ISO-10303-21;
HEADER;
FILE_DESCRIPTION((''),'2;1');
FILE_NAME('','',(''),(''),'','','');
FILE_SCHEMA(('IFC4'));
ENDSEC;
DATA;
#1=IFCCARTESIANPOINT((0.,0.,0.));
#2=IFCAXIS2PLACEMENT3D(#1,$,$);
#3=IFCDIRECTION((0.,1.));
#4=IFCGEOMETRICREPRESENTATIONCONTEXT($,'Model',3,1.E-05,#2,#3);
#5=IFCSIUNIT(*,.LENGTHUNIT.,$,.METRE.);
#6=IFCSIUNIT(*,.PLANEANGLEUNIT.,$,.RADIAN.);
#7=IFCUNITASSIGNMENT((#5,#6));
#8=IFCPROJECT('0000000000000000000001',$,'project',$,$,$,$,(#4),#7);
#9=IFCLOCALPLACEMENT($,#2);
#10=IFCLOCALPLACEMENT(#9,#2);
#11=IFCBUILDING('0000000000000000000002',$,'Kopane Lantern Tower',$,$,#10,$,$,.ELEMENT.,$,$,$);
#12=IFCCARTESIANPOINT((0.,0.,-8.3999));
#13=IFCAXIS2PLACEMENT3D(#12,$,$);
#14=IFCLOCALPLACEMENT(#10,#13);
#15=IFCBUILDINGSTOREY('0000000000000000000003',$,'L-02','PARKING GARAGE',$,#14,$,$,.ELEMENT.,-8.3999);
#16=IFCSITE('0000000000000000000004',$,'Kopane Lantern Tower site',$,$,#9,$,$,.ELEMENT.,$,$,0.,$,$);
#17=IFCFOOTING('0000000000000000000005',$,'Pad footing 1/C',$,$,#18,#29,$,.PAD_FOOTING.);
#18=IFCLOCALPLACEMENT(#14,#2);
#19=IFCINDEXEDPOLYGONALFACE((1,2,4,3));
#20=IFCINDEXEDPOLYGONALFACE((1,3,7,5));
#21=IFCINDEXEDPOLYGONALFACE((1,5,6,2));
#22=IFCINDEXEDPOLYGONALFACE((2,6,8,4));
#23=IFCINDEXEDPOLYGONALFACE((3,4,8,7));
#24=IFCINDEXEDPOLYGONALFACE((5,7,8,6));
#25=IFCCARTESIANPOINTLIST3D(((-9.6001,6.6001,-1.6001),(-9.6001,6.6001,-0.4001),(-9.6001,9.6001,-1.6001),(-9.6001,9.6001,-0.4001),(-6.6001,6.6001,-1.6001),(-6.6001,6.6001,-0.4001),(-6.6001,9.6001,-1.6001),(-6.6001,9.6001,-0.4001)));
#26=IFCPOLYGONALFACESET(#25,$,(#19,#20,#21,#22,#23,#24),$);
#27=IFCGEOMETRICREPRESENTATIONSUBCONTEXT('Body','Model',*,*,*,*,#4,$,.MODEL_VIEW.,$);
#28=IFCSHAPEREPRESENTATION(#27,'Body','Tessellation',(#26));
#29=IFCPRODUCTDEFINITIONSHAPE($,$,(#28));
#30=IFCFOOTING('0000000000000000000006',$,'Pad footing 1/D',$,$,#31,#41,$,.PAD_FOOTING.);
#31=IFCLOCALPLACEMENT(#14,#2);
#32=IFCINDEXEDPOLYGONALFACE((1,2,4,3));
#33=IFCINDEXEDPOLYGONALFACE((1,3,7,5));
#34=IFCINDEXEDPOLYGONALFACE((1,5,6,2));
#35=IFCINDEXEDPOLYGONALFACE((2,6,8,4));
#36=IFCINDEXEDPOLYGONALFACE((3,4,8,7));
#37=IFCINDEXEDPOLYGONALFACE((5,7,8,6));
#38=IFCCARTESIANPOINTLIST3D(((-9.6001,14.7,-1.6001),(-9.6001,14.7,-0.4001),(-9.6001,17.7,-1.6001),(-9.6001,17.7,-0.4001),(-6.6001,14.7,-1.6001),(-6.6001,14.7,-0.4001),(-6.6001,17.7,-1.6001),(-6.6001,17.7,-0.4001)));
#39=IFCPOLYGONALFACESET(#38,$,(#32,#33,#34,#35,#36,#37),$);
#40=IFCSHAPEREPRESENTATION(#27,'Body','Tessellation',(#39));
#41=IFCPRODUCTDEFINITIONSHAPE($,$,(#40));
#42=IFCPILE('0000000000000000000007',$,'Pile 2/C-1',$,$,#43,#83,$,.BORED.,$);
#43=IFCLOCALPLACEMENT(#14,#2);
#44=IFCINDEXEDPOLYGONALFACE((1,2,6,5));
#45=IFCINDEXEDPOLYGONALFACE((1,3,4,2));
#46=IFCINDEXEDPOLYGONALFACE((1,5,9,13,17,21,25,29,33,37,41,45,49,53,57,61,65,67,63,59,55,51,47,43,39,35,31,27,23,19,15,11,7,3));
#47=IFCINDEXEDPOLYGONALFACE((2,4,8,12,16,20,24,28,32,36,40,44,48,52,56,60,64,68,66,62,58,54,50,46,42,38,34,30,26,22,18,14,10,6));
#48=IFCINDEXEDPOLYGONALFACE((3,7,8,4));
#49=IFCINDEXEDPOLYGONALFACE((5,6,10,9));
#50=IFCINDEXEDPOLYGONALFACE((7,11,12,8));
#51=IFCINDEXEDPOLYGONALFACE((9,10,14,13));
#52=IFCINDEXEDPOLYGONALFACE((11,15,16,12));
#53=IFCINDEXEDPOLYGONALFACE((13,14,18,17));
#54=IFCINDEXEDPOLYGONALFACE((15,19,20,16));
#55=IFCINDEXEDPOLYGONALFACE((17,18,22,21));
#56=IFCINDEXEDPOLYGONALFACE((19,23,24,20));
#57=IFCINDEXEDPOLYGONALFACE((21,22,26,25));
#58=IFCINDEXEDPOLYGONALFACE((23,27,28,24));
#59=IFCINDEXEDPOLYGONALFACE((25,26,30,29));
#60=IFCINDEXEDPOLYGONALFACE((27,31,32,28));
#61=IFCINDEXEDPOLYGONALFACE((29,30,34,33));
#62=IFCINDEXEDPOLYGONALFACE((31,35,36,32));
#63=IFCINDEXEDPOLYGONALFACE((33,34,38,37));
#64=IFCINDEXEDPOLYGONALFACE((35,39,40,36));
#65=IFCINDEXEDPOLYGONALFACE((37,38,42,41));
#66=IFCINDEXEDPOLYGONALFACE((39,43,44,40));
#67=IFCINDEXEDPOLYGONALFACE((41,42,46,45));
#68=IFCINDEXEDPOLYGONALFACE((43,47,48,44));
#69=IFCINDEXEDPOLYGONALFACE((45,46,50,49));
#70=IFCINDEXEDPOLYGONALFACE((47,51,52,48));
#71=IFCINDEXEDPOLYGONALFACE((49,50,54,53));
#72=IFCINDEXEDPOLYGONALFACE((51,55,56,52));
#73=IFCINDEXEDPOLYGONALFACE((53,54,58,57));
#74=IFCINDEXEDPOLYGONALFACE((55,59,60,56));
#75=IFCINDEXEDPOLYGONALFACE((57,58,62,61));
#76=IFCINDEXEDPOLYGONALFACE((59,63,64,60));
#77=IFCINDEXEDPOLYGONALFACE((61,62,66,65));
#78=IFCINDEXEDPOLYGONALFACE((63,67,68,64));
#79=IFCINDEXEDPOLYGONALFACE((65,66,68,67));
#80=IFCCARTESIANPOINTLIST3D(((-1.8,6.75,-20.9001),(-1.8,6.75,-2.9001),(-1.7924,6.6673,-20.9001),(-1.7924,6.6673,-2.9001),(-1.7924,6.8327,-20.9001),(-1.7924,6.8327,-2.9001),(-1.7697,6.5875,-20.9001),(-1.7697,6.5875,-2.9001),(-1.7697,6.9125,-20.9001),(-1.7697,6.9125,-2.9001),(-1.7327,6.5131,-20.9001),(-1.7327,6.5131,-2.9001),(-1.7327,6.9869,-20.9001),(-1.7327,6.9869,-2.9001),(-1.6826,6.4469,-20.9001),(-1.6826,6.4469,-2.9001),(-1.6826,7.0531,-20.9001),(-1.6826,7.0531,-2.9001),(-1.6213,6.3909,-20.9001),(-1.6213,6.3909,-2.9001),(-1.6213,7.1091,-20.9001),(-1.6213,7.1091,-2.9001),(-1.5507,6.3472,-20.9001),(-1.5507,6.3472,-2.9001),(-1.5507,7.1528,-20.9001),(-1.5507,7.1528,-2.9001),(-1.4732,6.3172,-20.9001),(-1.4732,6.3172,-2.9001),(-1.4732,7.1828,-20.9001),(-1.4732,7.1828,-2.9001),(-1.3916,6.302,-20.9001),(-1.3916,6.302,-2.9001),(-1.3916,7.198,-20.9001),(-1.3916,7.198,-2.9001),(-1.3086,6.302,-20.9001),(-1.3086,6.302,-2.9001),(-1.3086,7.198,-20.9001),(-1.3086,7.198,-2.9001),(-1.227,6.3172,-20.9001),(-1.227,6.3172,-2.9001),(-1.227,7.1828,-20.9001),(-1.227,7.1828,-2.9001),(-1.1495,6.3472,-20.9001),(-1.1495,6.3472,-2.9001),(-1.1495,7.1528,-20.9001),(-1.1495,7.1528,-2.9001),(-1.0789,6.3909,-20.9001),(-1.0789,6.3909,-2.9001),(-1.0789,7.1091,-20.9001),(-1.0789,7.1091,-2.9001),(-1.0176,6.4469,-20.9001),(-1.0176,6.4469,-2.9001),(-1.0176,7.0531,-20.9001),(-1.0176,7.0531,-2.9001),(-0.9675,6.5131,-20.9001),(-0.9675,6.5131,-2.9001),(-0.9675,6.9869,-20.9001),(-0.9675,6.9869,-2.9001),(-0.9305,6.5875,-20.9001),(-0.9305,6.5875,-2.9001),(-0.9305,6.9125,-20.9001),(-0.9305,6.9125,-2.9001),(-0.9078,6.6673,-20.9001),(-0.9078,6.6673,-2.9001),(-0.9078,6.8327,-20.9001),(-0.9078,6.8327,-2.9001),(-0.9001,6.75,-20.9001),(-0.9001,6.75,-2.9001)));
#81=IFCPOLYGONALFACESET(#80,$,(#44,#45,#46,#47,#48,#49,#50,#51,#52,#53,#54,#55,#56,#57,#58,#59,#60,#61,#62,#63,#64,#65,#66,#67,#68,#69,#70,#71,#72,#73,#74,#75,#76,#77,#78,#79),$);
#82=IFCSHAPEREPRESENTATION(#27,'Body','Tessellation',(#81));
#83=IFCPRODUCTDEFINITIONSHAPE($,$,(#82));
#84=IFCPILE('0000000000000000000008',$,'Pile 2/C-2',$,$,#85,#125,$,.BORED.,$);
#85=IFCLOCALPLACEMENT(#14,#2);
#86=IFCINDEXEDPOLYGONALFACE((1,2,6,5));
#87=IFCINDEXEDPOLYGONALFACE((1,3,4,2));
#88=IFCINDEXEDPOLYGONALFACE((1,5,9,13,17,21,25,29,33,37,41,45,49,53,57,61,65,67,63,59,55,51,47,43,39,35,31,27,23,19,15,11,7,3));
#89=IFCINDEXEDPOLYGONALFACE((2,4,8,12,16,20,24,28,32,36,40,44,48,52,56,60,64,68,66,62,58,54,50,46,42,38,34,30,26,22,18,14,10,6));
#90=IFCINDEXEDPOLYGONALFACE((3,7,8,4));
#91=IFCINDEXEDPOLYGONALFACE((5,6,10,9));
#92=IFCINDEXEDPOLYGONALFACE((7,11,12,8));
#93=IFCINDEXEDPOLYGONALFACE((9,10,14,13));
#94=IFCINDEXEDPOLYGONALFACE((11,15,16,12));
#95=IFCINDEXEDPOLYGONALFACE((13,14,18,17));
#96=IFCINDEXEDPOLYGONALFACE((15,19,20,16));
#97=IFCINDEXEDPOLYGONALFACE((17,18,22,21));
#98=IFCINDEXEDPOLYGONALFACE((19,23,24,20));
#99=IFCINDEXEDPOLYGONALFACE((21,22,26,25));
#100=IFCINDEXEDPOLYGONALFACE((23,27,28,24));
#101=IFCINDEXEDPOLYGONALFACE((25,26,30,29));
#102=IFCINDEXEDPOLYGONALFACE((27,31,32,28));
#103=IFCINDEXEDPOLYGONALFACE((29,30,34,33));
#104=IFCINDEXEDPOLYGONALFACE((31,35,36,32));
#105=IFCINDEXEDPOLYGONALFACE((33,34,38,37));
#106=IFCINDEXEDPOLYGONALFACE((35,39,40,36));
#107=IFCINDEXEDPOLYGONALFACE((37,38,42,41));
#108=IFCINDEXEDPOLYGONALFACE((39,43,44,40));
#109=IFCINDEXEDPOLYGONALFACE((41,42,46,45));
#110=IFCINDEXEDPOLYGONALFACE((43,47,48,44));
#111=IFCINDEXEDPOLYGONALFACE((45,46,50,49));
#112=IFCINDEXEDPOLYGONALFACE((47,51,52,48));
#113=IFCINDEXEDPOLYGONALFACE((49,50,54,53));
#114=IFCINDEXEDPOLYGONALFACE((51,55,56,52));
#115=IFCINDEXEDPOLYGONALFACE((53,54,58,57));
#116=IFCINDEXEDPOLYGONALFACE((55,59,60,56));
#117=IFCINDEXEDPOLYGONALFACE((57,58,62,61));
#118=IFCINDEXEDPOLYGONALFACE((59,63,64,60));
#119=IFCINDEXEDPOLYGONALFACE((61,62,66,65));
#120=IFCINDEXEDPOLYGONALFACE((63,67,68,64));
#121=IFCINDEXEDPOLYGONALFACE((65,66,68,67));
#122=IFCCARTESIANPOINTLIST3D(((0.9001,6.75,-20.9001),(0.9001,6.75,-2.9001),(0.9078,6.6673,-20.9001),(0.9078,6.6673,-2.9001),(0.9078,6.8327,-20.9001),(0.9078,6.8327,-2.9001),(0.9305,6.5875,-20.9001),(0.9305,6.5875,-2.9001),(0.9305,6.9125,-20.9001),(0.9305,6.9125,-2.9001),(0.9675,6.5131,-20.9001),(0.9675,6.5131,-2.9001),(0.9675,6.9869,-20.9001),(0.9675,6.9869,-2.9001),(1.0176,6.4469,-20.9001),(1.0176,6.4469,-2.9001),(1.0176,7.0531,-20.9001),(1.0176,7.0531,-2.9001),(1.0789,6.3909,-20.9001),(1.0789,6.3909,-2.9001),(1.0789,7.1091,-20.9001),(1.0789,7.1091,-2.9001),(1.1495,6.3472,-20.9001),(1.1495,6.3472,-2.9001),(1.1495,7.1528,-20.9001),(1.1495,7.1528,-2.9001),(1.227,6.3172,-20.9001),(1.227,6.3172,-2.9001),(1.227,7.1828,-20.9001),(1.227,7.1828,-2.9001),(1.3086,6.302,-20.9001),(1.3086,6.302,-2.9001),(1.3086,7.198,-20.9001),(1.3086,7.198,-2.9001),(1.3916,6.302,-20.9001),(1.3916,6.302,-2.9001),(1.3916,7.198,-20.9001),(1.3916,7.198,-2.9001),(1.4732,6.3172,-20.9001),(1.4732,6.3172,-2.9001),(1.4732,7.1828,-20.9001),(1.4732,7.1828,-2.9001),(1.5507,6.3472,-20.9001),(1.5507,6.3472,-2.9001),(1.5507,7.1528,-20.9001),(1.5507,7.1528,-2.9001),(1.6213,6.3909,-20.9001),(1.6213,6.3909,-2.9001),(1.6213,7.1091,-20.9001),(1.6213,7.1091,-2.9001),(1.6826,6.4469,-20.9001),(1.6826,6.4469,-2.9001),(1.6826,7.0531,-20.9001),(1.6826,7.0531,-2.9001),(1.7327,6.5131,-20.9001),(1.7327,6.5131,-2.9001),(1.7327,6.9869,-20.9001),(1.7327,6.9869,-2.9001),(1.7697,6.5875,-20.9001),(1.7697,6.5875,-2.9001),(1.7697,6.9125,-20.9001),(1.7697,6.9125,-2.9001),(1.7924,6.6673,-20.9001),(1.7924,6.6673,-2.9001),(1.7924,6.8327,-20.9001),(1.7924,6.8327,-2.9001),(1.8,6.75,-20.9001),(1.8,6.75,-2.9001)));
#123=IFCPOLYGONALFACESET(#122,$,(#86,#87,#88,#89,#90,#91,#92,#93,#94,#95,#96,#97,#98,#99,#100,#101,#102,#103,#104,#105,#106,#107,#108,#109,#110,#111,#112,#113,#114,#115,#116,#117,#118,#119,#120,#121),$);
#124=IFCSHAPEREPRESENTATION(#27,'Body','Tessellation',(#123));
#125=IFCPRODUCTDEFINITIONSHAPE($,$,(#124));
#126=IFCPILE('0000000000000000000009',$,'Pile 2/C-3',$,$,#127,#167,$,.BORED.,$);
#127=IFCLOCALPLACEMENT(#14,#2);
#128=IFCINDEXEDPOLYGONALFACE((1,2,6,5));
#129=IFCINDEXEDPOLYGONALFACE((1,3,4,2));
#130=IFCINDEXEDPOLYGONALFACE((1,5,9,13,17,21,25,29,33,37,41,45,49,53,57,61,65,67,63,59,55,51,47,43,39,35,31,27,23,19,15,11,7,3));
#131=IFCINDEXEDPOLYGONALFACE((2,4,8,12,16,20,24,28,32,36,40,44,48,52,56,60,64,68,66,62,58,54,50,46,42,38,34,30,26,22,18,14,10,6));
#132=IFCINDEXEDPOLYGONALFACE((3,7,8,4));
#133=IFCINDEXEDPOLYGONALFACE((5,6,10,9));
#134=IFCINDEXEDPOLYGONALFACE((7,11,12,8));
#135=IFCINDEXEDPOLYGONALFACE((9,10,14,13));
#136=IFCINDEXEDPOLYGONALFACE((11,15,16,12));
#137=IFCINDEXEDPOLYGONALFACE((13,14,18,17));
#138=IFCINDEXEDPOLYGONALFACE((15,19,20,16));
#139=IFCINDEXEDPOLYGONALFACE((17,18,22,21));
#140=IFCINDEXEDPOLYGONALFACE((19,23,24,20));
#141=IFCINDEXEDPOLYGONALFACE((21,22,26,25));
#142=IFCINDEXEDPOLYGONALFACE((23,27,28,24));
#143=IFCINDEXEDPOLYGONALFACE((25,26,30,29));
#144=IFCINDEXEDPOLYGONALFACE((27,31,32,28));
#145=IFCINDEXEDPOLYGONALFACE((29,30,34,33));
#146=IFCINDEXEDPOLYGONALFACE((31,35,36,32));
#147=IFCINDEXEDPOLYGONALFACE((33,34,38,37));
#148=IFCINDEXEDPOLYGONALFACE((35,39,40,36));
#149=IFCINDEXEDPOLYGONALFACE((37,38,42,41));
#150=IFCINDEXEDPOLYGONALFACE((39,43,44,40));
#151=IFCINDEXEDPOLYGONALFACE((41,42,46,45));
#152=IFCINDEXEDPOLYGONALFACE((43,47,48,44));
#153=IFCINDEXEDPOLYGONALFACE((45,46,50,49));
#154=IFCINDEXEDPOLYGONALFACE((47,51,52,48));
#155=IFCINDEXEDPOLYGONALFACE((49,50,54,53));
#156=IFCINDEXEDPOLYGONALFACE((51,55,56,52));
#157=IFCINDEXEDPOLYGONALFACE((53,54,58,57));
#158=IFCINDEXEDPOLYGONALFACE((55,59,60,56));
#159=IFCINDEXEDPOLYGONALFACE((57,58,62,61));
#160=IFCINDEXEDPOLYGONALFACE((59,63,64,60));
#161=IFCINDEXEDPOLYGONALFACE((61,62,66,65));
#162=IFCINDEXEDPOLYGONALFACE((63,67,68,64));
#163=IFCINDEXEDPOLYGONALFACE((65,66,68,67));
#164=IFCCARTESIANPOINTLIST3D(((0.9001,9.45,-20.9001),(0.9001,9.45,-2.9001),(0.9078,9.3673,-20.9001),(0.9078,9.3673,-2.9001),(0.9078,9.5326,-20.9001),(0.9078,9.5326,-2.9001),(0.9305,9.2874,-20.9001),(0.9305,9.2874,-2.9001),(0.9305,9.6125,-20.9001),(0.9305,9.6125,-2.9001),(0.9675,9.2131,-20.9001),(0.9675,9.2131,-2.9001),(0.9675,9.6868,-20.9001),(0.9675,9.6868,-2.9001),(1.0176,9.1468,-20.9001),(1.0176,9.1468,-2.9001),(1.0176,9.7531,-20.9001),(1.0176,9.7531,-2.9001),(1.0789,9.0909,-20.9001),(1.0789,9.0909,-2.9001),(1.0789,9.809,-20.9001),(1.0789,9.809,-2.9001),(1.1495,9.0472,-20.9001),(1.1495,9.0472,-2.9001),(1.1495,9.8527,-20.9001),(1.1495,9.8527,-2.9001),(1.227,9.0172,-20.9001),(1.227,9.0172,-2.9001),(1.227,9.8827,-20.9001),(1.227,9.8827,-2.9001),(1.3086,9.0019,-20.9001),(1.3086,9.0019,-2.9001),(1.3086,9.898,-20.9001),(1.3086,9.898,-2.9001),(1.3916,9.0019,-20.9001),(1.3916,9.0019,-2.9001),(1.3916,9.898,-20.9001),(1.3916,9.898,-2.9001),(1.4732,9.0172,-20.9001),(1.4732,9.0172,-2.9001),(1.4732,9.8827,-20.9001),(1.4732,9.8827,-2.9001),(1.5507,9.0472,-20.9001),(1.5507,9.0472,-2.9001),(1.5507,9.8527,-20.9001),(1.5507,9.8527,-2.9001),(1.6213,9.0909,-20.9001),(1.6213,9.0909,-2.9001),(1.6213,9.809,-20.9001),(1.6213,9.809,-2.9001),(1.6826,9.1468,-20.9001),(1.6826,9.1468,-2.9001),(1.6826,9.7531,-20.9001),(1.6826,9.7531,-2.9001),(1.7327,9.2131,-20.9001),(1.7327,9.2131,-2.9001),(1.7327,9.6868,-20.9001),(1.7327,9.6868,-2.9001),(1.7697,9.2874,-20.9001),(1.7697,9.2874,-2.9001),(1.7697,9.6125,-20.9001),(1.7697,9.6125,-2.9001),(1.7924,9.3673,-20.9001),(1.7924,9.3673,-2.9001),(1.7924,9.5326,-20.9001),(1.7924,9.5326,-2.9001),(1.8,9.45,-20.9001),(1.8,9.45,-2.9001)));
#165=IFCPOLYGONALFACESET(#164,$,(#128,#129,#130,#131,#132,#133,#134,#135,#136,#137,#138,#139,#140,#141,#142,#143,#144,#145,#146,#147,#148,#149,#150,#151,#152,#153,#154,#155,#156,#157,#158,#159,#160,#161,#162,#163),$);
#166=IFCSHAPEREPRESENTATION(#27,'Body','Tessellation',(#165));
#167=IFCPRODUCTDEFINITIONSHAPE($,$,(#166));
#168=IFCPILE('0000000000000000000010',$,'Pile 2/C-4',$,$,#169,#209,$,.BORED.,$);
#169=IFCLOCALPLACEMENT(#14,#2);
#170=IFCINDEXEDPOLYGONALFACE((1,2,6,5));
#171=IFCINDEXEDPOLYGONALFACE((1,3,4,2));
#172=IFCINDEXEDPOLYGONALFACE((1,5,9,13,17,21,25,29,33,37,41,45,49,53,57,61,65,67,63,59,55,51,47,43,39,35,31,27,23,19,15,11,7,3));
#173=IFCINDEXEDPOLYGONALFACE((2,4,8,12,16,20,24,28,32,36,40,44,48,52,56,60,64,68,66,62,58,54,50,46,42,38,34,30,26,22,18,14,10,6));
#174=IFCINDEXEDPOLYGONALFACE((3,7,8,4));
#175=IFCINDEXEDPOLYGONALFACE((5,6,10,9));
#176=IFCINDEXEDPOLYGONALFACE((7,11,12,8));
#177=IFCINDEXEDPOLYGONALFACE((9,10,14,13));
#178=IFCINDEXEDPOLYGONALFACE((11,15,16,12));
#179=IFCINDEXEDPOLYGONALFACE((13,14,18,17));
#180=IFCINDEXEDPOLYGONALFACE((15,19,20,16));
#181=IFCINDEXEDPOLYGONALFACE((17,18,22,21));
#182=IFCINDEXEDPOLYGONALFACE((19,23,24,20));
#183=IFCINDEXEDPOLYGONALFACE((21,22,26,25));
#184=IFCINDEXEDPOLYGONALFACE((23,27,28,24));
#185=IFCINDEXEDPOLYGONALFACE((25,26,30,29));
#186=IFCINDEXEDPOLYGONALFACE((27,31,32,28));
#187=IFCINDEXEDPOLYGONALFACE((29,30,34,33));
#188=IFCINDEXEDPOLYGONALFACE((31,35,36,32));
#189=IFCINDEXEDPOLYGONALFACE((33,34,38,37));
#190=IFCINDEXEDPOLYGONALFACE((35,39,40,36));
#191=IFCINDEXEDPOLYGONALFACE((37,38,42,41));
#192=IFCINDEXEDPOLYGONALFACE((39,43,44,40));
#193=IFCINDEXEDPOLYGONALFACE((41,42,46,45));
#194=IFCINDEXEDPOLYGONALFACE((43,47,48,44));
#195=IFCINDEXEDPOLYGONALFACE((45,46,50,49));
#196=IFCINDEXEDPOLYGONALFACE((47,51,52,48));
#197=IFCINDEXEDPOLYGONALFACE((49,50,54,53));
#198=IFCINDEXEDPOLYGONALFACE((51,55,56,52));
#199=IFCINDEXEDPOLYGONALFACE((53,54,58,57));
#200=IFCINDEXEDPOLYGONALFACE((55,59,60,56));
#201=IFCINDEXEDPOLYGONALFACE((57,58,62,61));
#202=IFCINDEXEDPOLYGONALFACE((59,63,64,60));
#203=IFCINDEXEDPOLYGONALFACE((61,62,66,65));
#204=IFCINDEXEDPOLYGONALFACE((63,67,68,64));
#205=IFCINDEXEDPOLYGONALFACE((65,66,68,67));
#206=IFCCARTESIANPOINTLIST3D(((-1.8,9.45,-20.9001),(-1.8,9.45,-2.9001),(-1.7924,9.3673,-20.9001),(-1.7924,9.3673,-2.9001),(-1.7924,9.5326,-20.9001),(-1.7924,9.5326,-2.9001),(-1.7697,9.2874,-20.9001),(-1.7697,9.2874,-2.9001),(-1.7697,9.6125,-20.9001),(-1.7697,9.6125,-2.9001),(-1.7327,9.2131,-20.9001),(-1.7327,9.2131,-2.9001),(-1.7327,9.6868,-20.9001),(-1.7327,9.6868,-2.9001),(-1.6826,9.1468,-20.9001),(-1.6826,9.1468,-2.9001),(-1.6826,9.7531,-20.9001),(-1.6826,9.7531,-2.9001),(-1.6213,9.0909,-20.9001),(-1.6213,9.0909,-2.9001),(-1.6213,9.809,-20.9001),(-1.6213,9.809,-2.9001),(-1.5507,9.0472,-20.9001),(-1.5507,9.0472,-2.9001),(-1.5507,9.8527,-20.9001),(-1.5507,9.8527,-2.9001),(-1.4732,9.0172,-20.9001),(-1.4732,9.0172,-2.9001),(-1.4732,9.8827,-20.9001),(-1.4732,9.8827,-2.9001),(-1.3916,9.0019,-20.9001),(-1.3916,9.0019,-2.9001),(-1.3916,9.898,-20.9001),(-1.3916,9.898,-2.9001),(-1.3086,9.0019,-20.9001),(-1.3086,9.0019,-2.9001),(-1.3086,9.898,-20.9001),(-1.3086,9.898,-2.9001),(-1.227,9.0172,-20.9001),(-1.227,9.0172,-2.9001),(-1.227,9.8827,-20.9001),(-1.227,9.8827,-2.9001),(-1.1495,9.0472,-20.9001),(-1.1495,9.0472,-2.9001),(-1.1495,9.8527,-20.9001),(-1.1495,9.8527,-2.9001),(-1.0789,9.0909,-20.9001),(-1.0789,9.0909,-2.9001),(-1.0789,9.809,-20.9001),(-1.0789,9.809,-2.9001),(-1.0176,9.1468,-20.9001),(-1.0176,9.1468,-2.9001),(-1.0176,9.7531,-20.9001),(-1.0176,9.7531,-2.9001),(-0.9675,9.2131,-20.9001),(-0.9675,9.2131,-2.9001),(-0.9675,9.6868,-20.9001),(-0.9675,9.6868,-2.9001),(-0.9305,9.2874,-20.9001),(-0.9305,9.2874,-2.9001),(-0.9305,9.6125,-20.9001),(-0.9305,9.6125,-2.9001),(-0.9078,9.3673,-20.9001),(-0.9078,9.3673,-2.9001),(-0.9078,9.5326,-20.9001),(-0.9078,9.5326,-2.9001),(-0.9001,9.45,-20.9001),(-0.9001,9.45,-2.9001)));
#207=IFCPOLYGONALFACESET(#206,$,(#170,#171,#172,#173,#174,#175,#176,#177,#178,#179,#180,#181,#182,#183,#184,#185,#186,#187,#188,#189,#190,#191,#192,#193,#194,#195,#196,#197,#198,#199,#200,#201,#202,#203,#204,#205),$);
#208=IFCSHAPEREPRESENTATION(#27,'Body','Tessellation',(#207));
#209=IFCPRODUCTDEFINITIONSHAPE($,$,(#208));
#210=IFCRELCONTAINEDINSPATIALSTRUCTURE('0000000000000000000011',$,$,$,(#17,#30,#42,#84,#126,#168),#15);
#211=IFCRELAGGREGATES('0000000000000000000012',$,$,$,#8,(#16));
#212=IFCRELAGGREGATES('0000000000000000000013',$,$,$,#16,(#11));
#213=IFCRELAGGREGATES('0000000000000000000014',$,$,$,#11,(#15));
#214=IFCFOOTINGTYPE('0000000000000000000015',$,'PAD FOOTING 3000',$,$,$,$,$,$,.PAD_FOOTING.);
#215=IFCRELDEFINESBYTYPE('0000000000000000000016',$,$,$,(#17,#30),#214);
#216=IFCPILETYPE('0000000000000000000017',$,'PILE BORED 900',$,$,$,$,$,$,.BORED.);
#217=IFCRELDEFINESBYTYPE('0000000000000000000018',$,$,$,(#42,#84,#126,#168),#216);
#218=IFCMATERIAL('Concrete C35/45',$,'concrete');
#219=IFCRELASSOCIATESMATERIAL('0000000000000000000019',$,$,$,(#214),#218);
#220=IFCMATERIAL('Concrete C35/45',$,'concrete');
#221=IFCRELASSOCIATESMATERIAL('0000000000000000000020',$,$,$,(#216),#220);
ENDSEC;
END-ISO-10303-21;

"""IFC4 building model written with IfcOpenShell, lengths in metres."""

from ifc_helpers import new_model, si_unit, direction, frame, origin, origin_2d, place, context, subcontext, project, spatial, rectangle, circle, extrude, material, material_profile, profile_set, type_object, element, save


model = new_model("IFC4")

# Units and contexts
model_context = context("Model", 3, precision=1e-05, world=origin(), true_north=direction((0.0, 1.0)))
body_context = subcontext(model_context, "Body", "Model", "MODEL_VIEW")
ifc_project = project(units=[si_unit("LENGTHUNIT", "METRE"), si_unit("PLANEANGLEUNIT", "RADIAN")], contexts=[model_context])

# Site, building, storey
site_placement = place(None, origin())
site = spatial("IfcSite", under=ifc_project, at=site_placement, Name="Kopane Lantern Tower site", CompositionType="ELEMENT", RefElevation=0.0)
building_placement = place(site_placement, origin())
building = spatial("IfcBuilding", under=site, at=building_placement, Name="Kopane Lantern Tower", CompositionType="ELEMENT")
storey_placement = place(building_placement, frame((0.0, 0.0, -8.3999)))
storey = spatial("IfcBuildingStorey", under=building, at=storey_placement, Name="L-02", Description="PARKING GARAGE", CompositionType="ELEMENT", Elevation=-8.3999)

# Footings
ifc_material_1 = material(Name="Concrete C35/45", Category="concrete")
footing_type_1 = type_object("IfcFootingType", Name="PAD FOOTING 3000", PredefinedType="PAD_FOOTING", material=ifc_material_1)
for number, where, z_axis, x_axis, name in (
    (1, (-8.1001, 8.1001, -1.6001), (0.0, 0.0, 1.0), (1.0, 0.0, 0.0), "Pad footing 1/C"),
    (2, (-8.1001, 16.2, -1.6001), (0.0, 0.0, 1.0), (1.0, 0.0, 0.0), "Pad footing 1/D"),
):
    element("IfcFooting", number, at=place(storey_placement, frame(where, z_axis=z_axis, x_axis=x_axis)), inside=storey, type_object=footing_type_1, Name=name, PredefinedType="PAD_FOOTING", context=body_context, shape_type="SweptSolid", body=[
        extrude(rectangle(XDim=3.0, YDim=3.0, at=origin_2d()), origin(), (0.0, 0.0, 1.0), 1.2),
    ])

# Piles
ifc_material_2 = material(Name="Concrete C35/45", Category="concrete")
ifc_material_profile_1 = material_profile(ifc_material_2, circle(Radius=0.45, at=origin_2d()), Name="D900")
ifc_profile_set_1 = profile_set([ifc_material_profile_1], Name="Concrete C35/45")
pile_type = type_object("IfcPileType", Name="PILE BORED 900", PredefinedType="BORED", material=ifc_profile_set_1)
for number, where, z_axis, x_axis, name in (
    (3, (-1.3501, 6.75, -2.9001), (0.0, 0.0, -1.0), (1.0, 0.0, 0.0), "Pile 2/C-1"),
    (4, (1.3501, 6.75, -2.9001), (0.0, 0.0, -1.0), (1.0, 0.0, 0.0), "Pile 2/C-2"),
    (5, (1.3501, 9.45, -2.9001), (0.0, 0.0, -1.0), (1.0, 0.0, 0.0), "Pile 2/C-3"),
    (6, (-1.3501, 9.45, -2.9001), (0.0, 0.0, -1.0), (1.0, 0.0, 0.0), "Pile 2/C-4"),
):
    element("IfcPile", number, at=place(storey_placement, frame(where, z_axis=z_axis, x_axis=x_axis)), inside=storey, type_object=pile_type, Name=name, PredefinedType="BORED", context=body_context, shape_type="SweptSolid", body=[
        extrude(circle(Radius=0.45, at=origin_2d()), origin(), (0.0, 0.0, 1.0), 18.0),
    ])

save(model, "model.ifc")
